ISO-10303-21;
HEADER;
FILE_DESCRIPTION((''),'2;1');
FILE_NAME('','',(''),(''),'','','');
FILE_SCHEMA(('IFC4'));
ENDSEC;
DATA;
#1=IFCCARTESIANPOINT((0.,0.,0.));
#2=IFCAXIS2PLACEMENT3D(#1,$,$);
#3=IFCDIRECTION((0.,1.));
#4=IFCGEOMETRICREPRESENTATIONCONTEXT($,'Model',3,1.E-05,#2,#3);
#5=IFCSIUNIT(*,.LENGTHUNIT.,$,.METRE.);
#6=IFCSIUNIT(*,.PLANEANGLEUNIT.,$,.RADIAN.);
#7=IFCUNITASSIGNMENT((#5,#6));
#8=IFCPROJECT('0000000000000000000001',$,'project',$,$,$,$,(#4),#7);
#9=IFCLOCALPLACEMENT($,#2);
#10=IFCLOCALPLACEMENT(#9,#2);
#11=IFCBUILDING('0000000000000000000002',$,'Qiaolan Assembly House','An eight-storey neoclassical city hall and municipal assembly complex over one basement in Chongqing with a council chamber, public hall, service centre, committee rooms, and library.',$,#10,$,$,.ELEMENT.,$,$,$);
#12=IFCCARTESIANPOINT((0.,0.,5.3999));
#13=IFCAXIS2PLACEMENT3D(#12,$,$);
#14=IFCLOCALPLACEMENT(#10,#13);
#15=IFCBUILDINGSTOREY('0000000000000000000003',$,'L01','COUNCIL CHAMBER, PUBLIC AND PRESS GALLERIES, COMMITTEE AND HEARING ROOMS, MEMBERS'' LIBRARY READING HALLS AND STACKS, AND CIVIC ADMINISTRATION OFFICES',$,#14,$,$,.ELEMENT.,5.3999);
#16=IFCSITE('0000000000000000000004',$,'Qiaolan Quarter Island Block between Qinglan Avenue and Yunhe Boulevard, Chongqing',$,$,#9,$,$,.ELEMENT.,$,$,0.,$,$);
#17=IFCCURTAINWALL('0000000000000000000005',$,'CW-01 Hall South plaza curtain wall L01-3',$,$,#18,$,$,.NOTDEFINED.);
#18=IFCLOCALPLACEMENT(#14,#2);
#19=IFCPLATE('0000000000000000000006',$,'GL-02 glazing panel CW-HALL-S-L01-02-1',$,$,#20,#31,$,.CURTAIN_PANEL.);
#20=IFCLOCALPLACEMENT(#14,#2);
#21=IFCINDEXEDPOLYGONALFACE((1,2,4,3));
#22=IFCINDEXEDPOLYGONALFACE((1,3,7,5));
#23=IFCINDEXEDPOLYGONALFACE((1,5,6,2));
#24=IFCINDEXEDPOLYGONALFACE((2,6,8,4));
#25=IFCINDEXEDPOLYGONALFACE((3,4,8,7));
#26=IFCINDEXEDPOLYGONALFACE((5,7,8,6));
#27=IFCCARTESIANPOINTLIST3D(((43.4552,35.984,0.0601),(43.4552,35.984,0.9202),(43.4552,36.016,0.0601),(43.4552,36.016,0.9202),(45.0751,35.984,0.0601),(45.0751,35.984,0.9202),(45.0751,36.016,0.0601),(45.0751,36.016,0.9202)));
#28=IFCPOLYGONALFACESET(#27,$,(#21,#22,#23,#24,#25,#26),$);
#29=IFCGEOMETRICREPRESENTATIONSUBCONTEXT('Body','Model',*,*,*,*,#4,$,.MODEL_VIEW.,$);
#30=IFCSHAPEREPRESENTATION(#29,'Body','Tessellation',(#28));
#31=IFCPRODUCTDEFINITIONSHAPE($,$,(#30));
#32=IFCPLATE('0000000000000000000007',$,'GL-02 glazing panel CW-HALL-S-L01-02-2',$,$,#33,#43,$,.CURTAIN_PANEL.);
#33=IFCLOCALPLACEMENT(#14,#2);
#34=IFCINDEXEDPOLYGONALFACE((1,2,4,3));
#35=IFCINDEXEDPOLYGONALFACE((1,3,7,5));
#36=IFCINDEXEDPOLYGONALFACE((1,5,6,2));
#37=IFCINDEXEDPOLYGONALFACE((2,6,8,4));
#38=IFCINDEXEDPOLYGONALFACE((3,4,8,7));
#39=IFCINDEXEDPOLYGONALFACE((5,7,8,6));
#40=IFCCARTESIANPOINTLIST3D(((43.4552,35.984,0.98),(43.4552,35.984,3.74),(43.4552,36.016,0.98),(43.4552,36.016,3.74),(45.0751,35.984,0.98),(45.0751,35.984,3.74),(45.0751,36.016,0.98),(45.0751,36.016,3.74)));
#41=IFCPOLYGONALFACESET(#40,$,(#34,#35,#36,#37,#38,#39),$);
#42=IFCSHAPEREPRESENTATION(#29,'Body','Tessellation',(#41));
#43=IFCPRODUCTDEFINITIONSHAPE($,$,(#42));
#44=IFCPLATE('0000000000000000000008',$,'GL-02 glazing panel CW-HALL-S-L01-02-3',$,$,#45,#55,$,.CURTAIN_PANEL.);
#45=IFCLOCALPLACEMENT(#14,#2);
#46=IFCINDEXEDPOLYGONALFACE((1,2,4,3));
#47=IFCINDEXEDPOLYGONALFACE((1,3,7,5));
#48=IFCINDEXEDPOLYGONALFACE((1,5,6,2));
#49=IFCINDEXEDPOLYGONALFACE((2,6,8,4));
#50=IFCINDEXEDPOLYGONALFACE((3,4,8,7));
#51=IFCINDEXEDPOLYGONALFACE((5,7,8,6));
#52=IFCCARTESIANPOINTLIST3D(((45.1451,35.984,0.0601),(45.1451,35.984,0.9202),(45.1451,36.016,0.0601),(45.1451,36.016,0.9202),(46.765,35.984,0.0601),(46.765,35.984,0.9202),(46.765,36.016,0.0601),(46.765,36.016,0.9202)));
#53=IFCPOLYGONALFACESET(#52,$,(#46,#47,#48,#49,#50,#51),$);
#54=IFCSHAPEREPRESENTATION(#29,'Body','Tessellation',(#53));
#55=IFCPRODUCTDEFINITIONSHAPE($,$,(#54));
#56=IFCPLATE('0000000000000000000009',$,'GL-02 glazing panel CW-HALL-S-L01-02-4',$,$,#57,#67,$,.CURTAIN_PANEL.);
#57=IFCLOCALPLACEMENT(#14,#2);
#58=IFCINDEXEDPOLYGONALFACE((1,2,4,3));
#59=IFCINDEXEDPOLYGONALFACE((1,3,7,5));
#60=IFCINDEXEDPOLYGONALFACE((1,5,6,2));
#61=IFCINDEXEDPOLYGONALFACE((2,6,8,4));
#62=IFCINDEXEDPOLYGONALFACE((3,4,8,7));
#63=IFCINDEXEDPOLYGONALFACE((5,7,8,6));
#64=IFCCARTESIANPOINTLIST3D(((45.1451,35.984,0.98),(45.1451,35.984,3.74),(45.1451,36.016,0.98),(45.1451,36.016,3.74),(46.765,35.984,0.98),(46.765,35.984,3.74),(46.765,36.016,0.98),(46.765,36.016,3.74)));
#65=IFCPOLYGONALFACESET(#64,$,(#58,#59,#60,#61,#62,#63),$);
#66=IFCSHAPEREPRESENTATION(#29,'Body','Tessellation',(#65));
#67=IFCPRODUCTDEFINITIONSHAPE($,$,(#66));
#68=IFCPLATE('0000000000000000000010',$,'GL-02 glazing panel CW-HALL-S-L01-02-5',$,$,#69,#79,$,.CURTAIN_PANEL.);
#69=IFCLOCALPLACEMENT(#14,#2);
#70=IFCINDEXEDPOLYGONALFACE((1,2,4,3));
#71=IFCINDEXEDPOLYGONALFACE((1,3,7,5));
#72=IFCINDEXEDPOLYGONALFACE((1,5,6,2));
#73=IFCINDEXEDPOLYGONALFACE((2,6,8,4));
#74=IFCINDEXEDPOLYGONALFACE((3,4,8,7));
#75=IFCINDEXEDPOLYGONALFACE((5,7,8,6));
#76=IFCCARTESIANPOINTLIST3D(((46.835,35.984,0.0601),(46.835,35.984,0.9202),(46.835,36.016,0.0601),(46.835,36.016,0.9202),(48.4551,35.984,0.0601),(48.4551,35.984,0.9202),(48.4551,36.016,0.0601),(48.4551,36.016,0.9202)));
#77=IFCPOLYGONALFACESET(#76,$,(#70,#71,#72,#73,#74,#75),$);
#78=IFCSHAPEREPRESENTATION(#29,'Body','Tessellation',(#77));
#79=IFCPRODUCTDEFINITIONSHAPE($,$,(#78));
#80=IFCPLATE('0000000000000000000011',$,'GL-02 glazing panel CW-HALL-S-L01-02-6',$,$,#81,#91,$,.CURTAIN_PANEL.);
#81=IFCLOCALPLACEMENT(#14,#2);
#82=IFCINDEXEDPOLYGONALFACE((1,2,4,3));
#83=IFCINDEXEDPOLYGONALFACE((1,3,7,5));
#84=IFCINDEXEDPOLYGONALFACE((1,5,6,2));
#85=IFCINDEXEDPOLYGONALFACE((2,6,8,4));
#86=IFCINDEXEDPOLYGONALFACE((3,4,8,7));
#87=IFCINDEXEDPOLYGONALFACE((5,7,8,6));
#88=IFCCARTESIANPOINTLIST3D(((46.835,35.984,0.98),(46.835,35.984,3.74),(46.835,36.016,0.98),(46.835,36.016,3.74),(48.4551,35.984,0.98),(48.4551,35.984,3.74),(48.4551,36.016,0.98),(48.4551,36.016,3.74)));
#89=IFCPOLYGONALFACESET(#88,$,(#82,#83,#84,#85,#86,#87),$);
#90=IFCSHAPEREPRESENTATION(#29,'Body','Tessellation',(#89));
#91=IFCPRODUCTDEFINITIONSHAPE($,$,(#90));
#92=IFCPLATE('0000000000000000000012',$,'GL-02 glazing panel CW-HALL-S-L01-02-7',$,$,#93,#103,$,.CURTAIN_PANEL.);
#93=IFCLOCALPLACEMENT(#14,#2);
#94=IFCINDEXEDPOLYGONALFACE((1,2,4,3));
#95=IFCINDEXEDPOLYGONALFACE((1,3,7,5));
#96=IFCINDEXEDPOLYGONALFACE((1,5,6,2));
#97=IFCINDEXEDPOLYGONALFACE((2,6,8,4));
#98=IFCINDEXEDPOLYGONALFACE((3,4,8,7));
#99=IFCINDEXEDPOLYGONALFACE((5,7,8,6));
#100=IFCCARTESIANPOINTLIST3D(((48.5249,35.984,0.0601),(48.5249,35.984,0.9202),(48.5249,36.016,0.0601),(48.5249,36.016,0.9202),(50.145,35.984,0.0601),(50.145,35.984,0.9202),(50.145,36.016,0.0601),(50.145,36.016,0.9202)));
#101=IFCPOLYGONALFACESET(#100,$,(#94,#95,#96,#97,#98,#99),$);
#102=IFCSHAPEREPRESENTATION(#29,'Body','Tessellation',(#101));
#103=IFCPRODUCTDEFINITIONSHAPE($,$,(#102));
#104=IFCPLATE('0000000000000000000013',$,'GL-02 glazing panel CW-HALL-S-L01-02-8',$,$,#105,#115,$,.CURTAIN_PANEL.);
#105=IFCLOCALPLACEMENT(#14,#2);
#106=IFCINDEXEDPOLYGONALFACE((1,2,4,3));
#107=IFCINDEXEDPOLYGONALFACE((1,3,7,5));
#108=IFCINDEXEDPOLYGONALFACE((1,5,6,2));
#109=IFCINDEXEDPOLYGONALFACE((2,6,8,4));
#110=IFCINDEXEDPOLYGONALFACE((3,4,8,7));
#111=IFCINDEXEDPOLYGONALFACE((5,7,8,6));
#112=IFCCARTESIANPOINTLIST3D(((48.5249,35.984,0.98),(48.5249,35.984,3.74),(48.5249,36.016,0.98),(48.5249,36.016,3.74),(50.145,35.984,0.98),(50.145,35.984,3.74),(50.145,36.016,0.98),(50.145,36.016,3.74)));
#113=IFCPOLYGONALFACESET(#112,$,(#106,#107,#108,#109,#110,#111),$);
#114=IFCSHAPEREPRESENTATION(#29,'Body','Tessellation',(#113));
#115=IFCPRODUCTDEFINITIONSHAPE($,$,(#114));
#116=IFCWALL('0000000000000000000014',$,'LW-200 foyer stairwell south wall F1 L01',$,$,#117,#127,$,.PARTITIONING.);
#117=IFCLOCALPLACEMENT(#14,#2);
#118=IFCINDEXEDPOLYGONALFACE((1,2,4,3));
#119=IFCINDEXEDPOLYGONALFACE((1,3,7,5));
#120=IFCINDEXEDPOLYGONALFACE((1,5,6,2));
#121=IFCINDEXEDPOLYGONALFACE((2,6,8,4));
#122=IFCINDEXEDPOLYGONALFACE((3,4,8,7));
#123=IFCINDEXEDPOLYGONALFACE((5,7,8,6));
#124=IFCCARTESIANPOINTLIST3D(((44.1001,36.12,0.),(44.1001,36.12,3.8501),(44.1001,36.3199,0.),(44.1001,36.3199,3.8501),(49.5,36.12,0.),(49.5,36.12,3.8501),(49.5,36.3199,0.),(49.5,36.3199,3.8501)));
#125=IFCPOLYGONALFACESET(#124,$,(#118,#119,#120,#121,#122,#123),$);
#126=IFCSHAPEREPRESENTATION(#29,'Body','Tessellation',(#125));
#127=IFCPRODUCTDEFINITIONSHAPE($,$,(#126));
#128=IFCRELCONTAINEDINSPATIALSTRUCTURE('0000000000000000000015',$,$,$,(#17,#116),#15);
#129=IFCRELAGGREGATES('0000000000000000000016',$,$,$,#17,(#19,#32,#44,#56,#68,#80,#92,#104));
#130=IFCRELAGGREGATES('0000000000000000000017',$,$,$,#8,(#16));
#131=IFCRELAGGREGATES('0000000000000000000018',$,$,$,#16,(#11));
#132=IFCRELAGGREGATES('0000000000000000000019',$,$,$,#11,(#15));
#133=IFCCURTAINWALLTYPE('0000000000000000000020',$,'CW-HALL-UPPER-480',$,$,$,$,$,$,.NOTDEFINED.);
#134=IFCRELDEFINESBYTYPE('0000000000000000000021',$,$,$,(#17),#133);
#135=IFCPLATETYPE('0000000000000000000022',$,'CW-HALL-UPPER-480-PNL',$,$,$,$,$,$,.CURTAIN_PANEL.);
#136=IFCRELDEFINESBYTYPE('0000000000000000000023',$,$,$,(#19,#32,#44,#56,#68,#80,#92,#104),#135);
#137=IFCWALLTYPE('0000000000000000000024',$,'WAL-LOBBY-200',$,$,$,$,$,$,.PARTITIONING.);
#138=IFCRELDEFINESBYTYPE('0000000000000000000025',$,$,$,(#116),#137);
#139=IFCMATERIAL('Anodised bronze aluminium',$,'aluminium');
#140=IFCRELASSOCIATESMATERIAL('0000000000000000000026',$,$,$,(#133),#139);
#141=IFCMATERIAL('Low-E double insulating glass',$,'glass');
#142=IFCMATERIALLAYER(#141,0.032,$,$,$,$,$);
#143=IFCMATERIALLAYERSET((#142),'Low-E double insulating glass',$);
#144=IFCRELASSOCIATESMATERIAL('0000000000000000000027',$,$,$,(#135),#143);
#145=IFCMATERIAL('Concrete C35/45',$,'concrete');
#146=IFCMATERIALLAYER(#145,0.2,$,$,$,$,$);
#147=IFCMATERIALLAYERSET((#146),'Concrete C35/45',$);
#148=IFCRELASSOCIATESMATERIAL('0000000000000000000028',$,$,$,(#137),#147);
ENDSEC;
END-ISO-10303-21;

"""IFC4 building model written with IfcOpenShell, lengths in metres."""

from ifc_helpers import new_model, si_unit, direction, frame, frame_2d, origin, place, context, subcontext, project, spatial, rectangle, extrude, material, layer, layer_set, type_object, element, aggregate, save


model = new_model("IFC4")

# Units and contexts
model_context = context("Model", 3, precision=1e-05, world=origin(), true_north=direction((0.0, 1.0)))
body_context = subcontext(model_context, "Body", "Model", "MODEL_VIEW")
ifc_project = project(units=[si_unit("LENGTHUNIT", "METRE"), si_unit("PLANEANGLEUNIT", "RADIAN")], contexts=[model_context])

# Site, building, storey
site_placement = place(None, origin())
site = spatial("IfcSite", under=ifc_project, at=site_placement, Name="Qiaolan Quarter Island Block between Qinglan Avenue and Yunhe Boulevard, Chongqing", CompositionType="ELEMENT", RefElevation=0.0)
building_placement = place(site_placement, origin())
building = spatial("IfcBuilding", under=site, at=building_placement, Name="Qiaolan Assembly House", Description="An eight-storey neoclassical city hall and municipal assembly complex over one basement in Chongqing with a council chamber, public hall, service centre, committee rooms, and library.", CompositionType="ELEMENT")
storey_placement = place(building_placement, frame((0.0, 0.0, 5.3999)))
storey = spatial("IfcBuildingStorey", under=building, at=storey_placement, Name="L01", Description="COUNCIL CHAMBER, PUBLIC AND PRESS GALLERIES, COMMITTEE AND HEARING ROOMS, MEMBERS' LIBRARY READING HALLS AND STACKS, AND CIVIC ADMINISTRATION OFFICES", CompositionType="ELEMENT", Elevation=5.3999)

# Curtain wall, plates
ifc_material_1 = material(Name="Anodised bronze aluminium", Category="aluminium")
curtain_wall_type = type_object("IfcCurtainWallType", Name="CW-HALL-UPPER-480", PredefinedType="NOTDEFINED", material=ifc_material_1)
curtain_wall_placement = place(storey_placement, origin())
curtain_wall = element("IfcCurtainWall", 1, at=curtain_wall_placement, inside=storey, type_object=curtain_wall_type, Name="CW-01 Hall South plaza curtain wall L01-3", PredefinedType="NOTDEFINED")
ifc_material_2 = material(Name="Low-E double insulating glass", Category="glass")
ifc_layer_1 = layer(ifc_material_2, 0.032)
ifc_layer_set_1 = layer_set([ifc_layer_1], Name="Low-E double insulating glass")
plate_type = type_object("IfcPlateType", Name="CW-HALL-UPPER-480-PNL", PredefinedType="CURTAIN_PANEL", material=ifc_layer_set_1)
plate_1_placement = place(storey_placement, frame((43.4551, 36.0, 0.0601), z_axis=(0.0, 0.0, 1.0), x_axis=(1.0, 0.0, 0.0)))
plate_1 = element("IfcPlate", 2, at=plate_1_placement, type_object=plate_type, Name="GL-02 glazing panel CW-HALL-S-L01-02-1", PredefinedType="CURTAIN_PANEL", context=body_context, shape_type="SweptSolid", body=[
    extrude(rectangle(XDim=1.6199, YDim=0.032, at=frame_2d((0.8101, 0.0))), origin(), (0.0, 0.0, 1.0), 0.8601),
])
plate_2_placement = place(storey_placement, frame((43.4551, 36.0, 0.98), z_axis=(0.0, 0.0, 1.0), x_axis=(1.0, 0.0, 0.0)))
plate_2 = element("IfcPlate", 3, at=plate_2_placement, type_object=plate_type, Name="GL-02 glazing panel CW-HALL-S-L01-02-2", PredefinedType="CURTAIN_PANEL", context=body_context, shape_type="SweptSolid", body=[
    extrude(rectangle(XDim=1.6199, YDim=0.032, at=frame_2d((0.8101, 0.0))), origin(), (0.0, 0.0, 1.0), 2.76),
])
plate_3_placement = place(storey_placement, frame((45.145, 36.0, 0.0601), z_axis=(0.0, 0.0, 1.0), x_axis=(1.0, 0.0, 0.0)))
plate_3 = element("IfcPlate", 4, at=plate_3_placement, type_object=plate_type, Name="GL-02 glazing panel CW-HALL-S-L01-02-3", PredefinedType="CURTAIN_PANEL", context=body_context, shape_type="SweptSolid", body=[
    extrude(rectangle(XDim=1.6199, YDim=0.032, at=frame_2d((0.8101, 0.0))), origin(), (0.0, 0.0, 1.0), 0.8601),
])
plate_4_placement = place(storey_placement, frame((45.145, 36.0, 0.98), z_axis=(0.0, 0.0, 1.0), x_axis=(1.0, 0.0, 0.0)))
plate_4 = element("IfcPlate", 5, at=plate_4_placement, type_object=plate_type, Name="GL-02 glazing panel CW-HALL-S-L01-02-4", PredefinedType="CURTAIN_PANEL", context=body_context, shape_type="SweptSolid", body=[
    extrude(rectangle(XDim=1.6199, YDim=0.032, at=frame_2d((0.8101, 0.0))), origin(), (0.0, 0.0, 1.0), 2.76),
])
plate_5_placement = place(storey_placement, frame((46.835, 36.0, 0.0601), z_axis=(0.0, 0.0, 1.0), x_axis=(1.0, 0.0, 0.0)))
plate_5 = element("IfcPlate", 6, at=plate_5_placement, type_object=plate_type, Name="GL-02 glazing panel CW-HALL-S-L01-02-5", PredefinedType="CURTAIN_PANEL", context=body_context, shape_type="SweptSolid", body=[
    extrude(rectangle(XDim=1.6201, YDim=0.032, at=frame_2d((0.8101, 0.0))), origin(), (0.0, 0.0, 1.0), 0.8601),
])
plate_6_placement = place(storey_placement, frame((46.835, 36.0, 0.98), z_axis=(0.0, 0.0, 1.0), x_axis=(1.0, 0.0, 0.0)))
plate_6 = element("IfcPlate", 7, at=plate_6_placement, type_object=plate_type, Name="GL-02 glazing panel CW-HALL-S-L01-02-6", PredefinedType="CURTAIN_PANEL", context=body_context, shape_type="SweptSolid", body=[
    extrude(rectangle(XDim=1.6201, YDim=0.032, at=frame_2d((0.8101, 0.0))), origin(), (0.0, 0.0, 1.0), 2.76),
])
plate_7_placement = place(storey_placement, frame((48.5249, 36.0, 0.0601), z_axis=(0.0, 0.0, 1.0), x_axis=(1.0, 0.0, 0.0)))
plate_7 = element("IfcPlate", 8, at=plate_7_placement, type_object=plate_type, Name="GL-02 glazing panel CW-HALL-S-L01-02-7", PredefinedType="CURTAIN_PANEL", context=body_context, shape_type="SweptSolid", body=[
    extrude(rectangle(XDim=1.6201, YDim=0.032, at=frame_2d((0.8101, 0.0))), origin(), (0.0, 0.0, 1.0), 0.8601),
])
plate_8_placement = place(storey_placement, frame((48.5249, 36.0, 0.98), z_axis=(0.0, 0.0, 1.0), x_axis=(1.0, 0.0, 0.0)))
plate_8 = element("IfcPlate", 9, at=plate_8_placement, type_object=plate_type, Name="GL-02 glazing panel CW-HALL-S-L01-02-8", PredefinedType="CURTAIN_PANEL", context=body_context, shape_type="SweptSolid", body=[
    extrude(rectangle(XDim=1.6201, YDim=0.032, at=frame_2d((0.8101, 0.0))), origin(), (0.0, 0.0, 1.0), 2.76),
])
aggregate(curtain_wall, [plate_1, plate_2, plate_3, plate_4, plate_5, plate_6, plate_7, plate_8])

# Wall
ifc_material_3 = material(Name="Concrete C35/45", Category="concrete")
ifc_layer_2 = layer(ifc_material_3, 0.2)
ifc_layer_set_2 = layer_set([ifc_layer_2], Name="Concrete C35/45")
wall_type = type_object("IfcWallType", Name="WAL-LOBBY-200", PredefinedType="PARTITIONING", material=ifc_layer_set_2)
wall_placement = place(storey_placement, frame((49.5, 36.22, 0.0), z_axis=(0.0, 0.0, 1.0), x_axis=(-1.0, 0.0, 0.0)))
element("IfcWall", 10, at=wall_placement, inside=storey, type_object=wall_type, Name="LW-200 foyer stairwell south wall F1 L01", PredefinedType="PARTITIONING", context=body_context, shape_type="SweptSolid", body=[
    extrude(rectangle(XDim=5.3999, YDim=0.2, at=frame_2d((2.7, 0.0))), origin(), (0.0, 0.0, 1.0), 3.8501),
])

save(model, "model.ifc")
